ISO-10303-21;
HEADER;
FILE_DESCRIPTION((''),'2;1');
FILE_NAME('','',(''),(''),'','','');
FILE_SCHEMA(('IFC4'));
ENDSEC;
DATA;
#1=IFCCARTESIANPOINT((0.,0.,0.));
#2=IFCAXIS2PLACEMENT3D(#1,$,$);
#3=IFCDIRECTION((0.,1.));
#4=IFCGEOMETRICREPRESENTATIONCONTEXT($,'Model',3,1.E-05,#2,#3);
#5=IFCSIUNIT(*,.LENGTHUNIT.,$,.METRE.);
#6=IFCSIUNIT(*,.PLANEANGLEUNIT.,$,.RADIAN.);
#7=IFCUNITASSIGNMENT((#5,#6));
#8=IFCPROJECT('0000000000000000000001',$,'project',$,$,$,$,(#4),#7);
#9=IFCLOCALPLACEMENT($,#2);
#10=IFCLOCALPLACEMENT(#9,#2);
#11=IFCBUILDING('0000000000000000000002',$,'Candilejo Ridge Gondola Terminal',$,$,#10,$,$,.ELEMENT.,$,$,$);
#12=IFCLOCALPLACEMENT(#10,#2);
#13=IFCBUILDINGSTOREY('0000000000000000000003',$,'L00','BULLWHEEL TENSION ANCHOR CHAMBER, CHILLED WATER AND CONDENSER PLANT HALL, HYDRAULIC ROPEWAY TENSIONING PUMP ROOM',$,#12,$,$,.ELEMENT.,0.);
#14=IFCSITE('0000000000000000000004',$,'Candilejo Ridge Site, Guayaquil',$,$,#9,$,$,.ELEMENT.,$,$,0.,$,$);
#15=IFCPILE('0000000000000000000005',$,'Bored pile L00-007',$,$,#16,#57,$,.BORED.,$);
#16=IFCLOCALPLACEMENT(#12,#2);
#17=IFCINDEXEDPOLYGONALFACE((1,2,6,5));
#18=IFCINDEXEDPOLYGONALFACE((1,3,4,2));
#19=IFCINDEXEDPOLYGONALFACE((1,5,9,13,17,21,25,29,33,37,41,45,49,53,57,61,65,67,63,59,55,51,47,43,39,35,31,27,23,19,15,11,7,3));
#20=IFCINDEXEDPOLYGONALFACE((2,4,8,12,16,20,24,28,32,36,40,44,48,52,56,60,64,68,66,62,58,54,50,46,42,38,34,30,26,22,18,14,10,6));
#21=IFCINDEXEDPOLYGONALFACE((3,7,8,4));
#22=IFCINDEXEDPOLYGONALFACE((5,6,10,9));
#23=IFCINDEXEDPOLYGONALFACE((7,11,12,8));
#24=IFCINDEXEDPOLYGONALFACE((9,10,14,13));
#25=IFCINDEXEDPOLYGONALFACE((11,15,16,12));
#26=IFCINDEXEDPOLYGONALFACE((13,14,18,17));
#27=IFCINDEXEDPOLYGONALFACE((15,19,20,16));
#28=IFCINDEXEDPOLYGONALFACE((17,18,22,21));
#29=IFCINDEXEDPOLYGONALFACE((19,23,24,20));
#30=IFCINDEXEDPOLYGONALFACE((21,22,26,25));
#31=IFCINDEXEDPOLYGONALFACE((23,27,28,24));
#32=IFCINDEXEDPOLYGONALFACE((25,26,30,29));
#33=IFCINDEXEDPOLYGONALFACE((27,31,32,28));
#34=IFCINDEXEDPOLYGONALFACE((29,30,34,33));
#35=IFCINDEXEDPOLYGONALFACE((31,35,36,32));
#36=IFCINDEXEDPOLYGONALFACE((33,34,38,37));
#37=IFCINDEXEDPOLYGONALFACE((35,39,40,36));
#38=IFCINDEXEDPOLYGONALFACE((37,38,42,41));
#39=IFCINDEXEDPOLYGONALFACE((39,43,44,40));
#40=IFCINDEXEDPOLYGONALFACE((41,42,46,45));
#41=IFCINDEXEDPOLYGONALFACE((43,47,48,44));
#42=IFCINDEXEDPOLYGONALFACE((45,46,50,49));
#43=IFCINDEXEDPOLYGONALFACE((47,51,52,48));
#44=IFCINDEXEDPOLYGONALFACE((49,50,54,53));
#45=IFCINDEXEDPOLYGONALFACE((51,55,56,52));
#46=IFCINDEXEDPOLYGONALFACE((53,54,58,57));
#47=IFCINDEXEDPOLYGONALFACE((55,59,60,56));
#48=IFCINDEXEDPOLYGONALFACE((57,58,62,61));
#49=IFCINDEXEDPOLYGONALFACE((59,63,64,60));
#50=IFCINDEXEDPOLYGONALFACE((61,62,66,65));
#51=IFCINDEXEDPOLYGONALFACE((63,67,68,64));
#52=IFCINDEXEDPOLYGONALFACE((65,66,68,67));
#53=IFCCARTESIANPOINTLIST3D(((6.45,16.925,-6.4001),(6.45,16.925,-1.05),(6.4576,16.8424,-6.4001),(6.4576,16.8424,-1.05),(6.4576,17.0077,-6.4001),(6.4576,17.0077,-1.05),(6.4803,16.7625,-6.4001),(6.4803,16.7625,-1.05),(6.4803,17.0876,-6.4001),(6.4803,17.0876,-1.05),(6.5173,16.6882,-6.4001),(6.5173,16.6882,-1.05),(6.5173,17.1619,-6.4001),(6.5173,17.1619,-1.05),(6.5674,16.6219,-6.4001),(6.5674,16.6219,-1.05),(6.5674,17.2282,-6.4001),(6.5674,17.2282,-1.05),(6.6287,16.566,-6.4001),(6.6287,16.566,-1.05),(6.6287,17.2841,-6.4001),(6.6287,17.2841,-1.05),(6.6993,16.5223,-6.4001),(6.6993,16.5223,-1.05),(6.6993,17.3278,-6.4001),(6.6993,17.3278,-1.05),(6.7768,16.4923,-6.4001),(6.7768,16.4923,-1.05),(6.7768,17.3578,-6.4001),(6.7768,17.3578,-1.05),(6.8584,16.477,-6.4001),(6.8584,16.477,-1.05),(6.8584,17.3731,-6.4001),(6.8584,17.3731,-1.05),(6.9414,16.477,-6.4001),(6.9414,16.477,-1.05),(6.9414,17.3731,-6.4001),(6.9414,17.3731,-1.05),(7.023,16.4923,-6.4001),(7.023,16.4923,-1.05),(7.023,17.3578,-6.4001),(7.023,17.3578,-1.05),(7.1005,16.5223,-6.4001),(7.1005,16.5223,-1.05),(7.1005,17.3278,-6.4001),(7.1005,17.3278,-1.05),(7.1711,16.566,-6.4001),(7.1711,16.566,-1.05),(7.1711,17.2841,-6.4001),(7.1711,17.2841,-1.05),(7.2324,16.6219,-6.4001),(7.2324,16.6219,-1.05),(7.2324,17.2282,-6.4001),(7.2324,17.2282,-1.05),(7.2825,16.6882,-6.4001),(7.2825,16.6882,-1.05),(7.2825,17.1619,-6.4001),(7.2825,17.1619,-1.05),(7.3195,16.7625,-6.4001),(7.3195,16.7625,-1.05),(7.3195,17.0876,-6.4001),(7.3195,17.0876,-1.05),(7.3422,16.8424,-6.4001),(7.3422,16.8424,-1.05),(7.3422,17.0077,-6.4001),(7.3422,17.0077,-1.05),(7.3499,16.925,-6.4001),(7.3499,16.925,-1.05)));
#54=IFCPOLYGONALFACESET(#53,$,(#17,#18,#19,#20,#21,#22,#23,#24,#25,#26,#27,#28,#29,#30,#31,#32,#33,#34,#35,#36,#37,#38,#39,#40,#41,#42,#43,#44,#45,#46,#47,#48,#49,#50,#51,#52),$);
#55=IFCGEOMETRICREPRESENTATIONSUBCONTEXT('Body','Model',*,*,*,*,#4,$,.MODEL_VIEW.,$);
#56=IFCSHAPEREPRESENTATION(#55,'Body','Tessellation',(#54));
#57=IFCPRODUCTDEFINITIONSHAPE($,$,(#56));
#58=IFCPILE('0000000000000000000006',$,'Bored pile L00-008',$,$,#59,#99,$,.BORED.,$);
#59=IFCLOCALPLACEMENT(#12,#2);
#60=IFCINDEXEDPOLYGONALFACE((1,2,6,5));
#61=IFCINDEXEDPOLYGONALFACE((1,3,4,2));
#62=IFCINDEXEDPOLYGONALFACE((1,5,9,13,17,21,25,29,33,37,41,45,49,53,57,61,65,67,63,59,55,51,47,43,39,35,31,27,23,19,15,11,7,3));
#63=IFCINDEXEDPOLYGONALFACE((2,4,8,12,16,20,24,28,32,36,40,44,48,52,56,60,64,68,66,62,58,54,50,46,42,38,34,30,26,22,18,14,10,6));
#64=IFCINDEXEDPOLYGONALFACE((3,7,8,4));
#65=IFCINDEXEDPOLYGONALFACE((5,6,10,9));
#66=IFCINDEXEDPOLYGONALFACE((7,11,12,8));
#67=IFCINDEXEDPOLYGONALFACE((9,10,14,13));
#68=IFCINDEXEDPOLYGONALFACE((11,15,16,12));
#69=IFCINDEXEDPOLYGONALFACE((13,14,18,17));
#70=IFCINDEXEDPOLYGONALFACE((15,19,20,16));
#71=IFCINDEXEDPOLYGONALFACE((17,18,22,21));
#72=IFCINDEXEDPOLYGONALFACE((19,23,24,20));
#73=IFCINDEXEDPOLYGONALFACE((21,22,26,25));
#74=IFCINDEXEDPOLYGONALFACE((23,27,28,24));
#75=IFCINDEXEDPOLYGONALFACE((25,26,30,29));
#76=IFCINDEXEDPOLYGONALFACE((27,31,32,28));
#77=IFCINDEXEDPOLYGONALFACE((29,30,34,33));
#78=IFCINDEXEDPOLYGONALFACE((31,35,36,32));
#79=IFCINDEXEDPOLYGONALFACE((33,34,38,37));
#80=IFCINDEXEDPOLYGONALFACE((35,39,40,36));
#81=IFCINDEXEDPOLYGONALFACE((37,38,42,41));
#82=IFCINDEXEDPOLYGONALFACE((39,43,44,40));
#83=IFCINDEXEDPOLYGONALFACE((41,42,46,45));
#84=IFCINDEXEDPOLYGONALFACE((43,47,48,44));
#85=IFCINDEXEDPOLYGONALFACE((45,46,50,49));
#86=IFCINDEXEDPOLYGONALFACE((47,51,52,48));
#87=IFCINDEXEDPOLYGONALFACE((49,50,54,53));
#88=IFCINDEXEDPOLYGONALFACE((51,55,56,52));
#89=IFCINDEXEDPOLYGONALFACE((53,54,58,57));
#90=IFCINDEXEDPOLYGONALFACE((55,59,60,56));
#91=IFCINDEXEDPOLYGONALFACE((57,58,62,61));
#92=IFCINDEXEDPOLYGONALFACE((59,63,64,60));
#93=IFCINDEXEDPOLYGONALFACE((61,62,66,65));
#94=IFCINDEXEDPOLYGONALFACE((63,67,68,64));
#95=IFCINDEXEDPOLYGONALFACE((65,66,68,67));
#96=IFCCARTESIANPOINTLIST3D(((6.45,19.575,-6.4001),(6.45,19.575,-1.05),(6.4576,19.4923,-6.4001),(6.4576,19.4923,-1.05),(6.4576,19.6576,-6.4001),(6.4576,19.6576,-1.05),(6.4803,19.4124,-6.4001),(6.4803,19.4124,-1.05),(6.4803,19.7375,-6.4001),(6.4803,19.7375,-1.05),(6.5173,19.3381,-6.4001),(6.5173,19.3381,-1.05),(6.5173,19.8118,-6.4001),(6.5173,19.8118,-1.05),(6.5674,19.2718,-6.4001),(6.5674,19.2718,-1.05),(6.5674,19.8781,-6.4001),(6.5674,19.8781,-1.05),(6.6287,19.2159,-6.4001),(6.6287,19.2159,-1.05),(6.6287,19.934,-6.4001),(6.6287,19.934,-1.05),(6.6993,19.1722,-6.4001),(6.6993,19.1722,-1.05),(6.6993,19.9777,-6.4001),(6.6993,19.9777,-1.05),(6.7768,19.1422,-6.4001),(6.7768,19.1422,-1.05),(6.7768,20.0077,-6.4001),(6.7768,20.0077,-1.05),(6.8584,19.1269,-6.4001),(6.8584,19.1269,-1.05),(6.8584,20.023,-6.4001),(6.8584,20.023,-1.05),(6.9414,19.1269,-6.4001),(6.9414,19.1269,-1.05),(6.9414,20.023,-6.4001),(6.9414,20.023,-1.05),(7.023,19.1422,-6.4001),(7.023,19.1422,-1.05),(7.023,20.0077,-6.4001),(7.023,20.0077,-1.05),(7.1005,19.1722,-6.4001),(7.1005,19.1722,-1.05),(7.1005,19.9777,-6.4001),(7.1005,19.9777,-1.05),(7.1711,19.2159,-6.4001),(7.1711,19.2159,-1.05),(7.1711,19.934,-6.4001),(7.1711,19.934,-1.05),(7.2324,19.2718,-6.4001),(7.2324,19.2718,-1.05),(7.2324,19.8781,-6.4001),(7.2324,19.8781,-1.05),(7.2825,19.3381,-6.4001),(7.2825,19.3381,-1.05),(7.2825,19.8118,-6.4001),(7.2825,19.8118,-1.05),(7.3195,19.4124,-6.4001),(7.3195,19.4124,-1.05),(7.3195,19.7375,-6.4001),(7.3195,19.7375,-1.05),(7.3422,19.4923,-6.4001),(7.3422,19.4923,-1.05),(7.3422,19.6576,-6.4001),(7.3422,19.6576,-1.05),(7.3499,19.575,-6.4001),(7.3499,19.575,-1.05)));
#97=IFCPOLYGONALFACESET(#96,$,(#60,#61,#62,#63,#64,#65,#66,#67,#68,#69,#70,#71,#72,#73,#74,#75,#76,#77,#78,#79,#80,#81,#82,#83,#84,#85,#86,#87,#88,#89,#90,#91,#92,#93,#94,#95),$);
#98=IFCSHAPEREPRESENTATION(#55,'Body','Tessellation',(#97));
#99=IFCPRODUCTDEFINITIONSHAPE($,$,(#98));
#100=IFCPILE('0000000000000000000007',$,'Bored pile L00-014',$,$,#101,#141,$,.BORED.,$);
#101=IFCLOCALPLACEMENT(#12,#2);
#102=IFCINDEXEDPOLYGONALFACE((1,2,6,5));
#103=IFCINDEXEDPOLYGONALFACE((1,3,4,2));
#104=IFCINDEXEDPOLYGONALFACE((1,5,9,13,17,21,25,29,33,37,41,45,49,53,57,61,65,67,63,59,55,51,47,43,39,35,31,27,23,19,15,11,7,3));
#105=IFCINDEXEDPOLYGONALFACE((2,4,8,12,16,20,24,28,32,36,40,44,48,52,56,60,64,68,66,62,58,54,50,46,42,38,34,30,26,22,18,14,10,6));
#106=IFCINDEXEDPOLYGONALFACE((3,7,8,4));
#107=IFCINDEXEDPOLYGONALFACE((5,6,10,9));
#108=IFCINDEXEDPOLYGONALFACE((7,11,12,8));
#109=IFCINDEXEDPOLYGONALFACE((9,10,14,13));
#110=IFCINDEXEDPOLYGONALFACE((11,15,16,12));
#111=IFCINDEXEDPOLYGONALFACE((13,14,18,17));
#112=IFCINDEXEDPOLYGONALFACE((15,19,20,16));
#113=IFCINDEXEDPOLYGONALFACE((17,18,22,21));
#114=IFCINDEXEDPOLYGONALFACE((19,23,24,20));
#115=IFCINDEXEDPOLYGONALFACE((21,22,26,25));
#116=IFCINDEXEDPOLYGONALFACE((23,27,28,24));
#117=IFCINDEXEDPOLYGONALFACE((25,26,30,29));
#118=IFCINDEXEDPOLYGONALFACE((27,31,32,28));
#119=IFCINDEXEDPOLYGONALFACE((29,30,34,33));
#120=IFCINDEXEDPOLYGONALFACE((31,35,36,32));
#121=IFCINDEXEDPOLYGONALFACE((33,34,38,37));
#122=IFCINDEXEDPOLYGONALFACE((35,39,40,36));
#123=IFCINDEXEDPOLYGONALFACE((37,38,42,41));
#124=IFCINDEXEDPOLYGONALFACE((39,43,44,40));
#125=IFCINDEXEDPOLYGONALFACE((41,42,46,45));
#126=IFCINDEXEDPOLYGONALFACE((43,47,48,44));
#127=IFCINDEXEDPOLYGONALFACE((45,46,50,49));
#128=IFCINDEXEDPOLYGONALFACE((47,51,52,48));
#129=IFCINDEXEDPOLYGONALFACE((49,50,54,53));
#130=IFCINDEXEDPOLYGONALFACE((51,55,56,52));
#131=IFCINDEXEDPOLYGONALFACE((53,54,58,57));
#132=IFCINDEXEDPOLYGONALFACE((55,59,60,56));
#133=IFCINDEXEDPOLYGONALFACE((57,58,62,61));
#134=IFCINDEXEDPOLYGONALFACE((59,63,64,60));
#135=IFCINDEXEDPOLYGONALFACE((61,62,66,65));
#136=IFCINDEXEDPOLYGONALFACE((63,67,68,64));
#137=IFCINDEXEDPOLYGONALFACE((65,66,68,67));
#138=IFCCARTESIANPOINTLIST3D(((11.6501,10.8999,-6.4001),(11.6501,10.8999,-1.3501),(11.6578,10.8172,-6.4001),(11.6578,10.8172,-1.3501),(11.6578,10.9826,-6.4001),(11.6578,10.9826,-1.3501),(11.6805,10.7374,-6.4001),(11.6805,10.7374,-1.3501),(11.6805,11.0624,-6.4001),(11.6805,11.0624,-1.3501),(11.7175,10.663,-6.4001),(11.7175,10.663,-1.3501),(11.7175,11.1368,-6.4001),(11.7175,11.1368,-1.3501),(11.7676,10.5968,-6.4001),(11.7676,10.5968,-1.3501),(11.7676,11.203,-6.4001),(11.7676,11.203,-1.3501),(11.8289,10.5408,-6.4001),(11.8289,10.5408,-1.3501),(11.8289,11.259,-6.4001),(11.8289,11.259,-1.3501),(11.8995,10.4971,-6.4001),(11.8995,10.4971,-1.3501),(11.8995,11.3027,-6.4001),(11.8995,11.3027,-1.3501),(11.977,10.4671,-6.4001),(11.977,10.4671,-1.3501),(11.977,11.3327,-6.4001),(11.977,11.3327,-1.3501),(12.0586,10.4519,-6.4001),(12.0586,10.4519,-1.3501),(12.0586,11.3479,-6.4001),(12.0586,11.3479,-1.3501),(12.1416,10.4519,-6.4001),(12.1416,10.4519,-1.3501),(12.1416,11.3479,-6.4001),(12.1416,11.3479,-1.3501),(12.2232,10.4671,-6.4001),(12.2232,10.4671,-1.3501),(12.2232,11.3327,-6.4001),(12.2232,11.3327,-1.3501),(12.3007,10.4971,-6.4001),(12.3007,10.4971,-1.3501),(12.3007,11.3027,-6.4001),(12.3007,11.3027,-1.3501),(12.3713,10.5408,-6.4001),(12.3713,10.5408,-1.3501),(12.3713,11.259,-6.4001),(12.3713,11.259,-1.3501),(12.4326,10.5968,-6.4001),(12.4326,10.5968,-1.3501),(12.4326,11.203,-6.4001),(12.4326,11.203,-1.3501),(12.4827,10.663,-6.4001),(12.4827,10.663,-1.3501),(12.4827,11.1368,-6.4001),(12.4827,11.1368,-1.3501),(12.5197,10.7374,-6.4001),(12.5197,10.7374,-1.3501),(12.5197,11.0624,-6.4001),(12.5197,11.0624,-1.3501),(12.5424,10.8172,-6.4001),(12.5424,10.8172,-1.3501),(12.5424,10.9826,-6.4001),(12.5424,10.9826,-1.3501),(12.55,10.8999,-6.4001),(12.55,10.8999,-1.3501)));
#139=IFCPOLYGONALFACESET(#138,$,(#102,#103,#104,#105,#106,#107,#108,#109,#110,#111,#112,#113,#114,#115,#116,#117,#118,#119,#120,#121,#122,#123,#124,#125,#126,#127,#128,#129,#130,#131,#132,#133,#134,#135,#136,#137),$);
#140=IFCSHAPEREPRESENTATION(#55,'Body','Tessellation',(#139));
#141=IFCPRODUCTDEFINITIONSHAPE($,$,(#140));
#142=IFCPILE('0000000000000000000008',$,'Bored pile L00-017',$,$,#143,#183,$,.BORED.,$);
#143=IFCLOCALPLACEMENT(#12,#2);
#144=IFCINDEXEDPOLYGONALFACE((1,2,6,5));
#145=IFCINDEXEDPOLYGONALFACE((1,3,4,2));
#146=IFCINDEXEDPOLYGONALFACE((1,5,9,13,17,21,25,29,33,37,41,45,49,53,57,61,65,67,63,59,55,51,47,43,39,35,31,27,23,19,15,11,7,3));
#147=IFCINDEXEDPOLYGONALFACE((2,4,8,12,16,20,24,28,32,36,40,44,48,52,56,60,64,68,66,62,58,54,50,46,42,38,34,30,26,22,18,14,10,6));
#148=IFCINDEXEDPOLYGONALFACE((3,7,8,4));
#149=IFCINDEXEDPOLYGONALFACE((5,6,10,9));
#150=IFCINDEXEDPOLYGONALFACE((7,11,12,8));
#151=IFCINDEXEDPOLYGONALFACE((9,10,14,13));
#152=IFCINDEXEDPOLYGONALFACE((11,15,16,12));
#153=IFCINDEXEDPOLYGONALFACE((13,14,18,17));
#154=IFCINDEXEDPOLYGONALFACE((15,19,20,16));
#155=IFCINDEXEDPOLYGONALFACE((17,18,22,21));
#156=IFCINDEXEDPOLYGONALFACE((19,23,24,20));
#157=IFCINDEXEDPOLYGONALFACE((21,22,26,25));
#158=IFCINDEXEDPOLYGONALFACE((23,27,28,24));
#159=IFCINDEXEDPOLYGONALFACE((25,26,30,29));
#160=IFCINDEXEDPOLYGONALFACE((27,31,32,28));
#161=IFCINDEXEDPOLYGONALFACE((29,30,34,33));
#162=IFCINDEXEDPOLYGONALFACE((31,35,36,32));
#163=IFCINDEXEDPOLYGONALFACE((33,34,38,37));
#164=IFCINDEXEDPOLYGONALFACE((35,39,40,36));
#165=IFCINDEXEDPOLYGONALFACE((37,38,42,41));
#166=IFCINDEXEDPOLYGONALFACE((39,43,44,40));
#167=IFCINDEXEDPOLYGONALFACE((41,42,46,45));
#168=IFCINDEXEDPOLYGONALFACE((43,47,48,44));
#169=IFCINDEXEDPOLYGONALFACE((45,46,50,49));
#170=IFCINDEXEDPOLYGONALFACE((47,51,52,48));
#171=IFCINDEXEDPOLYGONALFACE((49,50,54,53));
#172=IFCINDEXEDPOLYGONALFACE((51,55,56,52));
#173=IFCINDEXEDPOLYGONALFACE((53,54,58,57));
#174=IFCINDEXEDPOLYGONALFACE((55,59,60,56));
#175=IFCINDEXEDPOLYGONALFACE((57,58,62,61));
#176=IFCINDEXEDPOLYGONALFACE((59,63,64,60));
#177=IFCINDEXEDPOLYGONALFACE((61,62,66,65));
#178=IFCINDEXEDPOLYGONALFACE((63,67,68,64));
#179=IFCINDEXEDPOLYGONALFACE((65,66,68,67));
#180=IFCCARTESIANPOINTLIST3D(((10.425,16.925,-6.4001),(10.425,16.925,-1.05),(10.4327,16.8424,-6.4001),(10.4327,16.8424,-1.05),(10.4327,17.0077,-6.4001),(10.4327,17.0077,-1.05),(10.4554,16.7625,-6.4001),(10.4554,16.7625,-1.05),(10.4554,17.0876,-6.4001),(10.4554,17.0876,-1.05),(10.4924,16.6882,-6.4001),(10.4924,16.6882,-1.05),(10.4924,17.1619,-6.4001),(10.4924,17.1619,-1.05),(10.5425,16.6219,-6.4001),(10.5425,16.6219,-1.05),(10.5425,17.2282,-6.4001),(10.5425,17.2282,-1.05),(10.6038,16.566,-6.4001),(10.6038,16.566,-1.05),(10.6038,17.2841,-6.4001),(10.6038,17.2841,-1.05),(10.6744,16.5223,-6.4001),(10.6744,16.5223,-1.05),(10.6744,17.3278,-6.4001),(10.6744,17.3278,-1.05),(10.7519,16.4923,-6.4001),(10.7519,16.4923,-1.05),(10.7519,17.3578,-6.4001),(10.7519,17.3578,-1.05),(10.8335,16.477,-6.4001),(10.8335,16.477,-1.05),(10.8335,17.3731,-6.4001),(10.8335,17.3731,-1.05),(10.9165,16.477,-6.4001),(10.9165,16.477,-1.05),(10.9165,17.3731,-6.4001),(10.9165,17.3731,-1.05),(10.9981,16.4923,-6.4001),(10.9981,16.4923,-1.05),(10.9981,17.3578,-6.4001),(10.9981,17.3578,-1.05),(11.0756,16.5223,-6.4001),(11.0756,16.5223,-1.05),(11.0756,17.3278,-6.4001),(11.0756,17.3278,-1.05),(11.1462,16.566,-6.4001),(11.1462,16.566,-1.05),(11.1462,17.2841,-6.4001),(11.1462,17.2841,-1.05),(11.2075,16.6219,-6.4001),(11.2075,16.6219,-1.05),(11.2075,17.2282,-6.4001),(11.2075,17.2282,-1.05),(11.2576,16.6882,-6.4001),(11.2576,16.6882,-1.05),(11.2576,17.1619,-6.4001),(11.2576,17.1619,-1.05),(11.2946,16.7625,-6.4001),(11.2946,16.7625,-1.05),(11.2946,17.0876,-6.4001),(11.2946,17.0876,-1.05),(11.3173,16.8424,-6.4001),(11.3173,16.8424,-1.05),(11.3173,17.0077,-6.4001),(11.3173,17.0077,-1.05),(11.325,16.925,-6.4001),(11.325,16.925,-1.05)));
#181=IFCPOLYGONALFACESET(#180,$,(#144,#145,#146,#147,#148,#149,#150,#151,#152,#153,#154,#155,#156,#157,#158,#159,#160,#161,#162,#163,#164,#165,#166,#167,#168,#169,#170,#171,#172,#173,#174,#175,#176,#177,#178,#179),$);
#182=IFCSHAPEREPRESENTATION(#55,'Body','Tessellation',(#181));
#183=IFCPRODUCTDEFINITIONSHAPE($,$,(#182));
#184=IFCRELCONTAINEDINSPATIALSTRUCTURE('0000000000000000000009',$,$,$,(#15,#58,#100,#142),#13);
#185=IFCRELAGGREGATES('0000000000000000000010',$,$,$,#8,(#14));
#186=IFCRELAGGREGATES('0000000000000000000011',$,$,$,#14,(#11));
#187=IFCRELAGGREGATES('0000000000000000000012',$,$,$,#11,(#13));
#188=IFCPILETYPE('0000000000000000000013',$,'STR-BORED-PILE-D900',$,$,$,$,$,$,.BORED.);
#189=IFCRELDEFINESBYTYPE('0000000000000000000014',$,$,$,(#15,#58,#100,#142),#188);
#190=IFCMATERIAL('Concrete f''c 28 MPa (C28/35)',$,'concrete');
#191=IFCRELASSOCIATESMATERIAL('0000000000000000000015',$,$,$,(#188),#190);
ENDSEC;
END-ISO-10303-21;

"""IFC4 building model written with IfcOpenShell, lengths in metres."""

from ifc_helpers import new_model, si_unit, direction, frame, origin, origin_2d, place, context, subcontext, project, spatial, circle, extrude, material, material_profile, profile_set, type_object, element, save


model = new_model("IFC4")

# Units and contexts
model_context = context("Model", 3, precision=1e-05, world=origin(), true_north=direction((0.0, 1.0)))
body_context = subcontext(model_context, "Body", "Model", "MODEL_VIEW")
ifc_project = project(units=[si_unit("LENGTHUNIT", "METRE"), si_unit("PLANEANGLEUNIT", "RADIAN")], contexts=[model_context])

# Site, building, storey
site_placement = place(None, origin())
site = spatial("IfcSite", under=ifc_project, at=site_placement, Name="Candilejo Ridge Site, Guayaquil", CompositionType="ELEMENT", RefElevation=0.0)
building_placement = place(site_placement, origin())
building = spatial("IfcBuilding", under=site, at=building_placement, Name="Candilejo Ridge Gondola Terminal", CompositionType="ELEMENT")
storey_placement = place(building_placement, origin())
storey = spatial("IfcBuildingStorey", under=building, at=storey_placement, Name="L00", Description="BULLWHEEL TENSION ANCHOR CHAMBER, CHILLED WATER AND CONDENSER PLANT HALL, HYDRAULIC ROPEWAY TENSIONING PUMP ROOM", CompositionType="ELEMENT", Elevation=0.0)

# Piles
ifc_material_1 = material(Name="Concrete f'c 28 MPa (C28/35)", Category="concrete")
ifc_material_profile_1 = material_profile(ifc_material_1, circle(Radius=0.45, at=origin_2d()))
ifc_profile_set_1 = profile_set([ifc_material_profile_1], Name="Concrete f'c 28 MPa (C28/35)")
pile_type = type_object("IfcPileType", Name="STR-BORED-PILE-D900", PredefinedType="BORED", material=ifc_profile_set_1)
for number, where, z_axis, x_axis, name in (
    (1, (6.8999, 16.925, -1.05), (0.0, 0.0, -1.0), (1.0, 0.0, 0.0), "Bored pile L00-007"),
    (2, (6.8999, 19.575, -1.05), (0.0, 0.0, -1.0), (1.0, 0.0, 0.0), "Bored pile L00-008"),
):
    element("IfcPile", number, at=place(storey_placement, frame(where, z_axis=z_axis, x_axis=x_axis)), inside=storey, type_object=pile_type, Name=name, PredefinedType="BORED", context=body_context, shape_type="SweptSolid", body=[
        extrude(circle(Radius=0.45, at=origin_2d()), origin(), (0.0, 0.0, 1.0), 5.3501),
    ])
pile_placement = place(storey_placement, frame((12.1001, 10.8999, -1.3501), z_axis=(0.0, 0.0, -1.0), x_axis=(1.0, 0.0, 0.0)))
element("IfcPile", 3, at=pile_placement, inside=storey, type_object=pile_type, Name="Bored pile L00-014", PredefinedType="BORED", context=body_context, shape_type="SweptSolid", body=[
    extrude(circle(Radius=0.45, at=origin_2d()), origin(), (0.0, 0.0, 1.0), 5.05),
])
for number, where, z_axis, x_axis, name in (
    (4, (10.875, 16.925, -1.05), (0.0, 0.0, -1.0), (1.0, 0.0, 0.0), "Bored pile L00-017"),
):
    element("IfcPile", number, at=place(storey_placement, frame(where, z_axis=z_axis, x_axis=x_axis)), inside=storey, type_object=pile_type, Name=name, PredefinedType="BORED", context=body_context, shape_type="SweptSolid", body=[
        extrude(circle(Radius=0.45, at=origin_2d()), origin(), (0.0, 0.0, 1.0), 5.3501),
    ])

save(model, "model.ifc")
